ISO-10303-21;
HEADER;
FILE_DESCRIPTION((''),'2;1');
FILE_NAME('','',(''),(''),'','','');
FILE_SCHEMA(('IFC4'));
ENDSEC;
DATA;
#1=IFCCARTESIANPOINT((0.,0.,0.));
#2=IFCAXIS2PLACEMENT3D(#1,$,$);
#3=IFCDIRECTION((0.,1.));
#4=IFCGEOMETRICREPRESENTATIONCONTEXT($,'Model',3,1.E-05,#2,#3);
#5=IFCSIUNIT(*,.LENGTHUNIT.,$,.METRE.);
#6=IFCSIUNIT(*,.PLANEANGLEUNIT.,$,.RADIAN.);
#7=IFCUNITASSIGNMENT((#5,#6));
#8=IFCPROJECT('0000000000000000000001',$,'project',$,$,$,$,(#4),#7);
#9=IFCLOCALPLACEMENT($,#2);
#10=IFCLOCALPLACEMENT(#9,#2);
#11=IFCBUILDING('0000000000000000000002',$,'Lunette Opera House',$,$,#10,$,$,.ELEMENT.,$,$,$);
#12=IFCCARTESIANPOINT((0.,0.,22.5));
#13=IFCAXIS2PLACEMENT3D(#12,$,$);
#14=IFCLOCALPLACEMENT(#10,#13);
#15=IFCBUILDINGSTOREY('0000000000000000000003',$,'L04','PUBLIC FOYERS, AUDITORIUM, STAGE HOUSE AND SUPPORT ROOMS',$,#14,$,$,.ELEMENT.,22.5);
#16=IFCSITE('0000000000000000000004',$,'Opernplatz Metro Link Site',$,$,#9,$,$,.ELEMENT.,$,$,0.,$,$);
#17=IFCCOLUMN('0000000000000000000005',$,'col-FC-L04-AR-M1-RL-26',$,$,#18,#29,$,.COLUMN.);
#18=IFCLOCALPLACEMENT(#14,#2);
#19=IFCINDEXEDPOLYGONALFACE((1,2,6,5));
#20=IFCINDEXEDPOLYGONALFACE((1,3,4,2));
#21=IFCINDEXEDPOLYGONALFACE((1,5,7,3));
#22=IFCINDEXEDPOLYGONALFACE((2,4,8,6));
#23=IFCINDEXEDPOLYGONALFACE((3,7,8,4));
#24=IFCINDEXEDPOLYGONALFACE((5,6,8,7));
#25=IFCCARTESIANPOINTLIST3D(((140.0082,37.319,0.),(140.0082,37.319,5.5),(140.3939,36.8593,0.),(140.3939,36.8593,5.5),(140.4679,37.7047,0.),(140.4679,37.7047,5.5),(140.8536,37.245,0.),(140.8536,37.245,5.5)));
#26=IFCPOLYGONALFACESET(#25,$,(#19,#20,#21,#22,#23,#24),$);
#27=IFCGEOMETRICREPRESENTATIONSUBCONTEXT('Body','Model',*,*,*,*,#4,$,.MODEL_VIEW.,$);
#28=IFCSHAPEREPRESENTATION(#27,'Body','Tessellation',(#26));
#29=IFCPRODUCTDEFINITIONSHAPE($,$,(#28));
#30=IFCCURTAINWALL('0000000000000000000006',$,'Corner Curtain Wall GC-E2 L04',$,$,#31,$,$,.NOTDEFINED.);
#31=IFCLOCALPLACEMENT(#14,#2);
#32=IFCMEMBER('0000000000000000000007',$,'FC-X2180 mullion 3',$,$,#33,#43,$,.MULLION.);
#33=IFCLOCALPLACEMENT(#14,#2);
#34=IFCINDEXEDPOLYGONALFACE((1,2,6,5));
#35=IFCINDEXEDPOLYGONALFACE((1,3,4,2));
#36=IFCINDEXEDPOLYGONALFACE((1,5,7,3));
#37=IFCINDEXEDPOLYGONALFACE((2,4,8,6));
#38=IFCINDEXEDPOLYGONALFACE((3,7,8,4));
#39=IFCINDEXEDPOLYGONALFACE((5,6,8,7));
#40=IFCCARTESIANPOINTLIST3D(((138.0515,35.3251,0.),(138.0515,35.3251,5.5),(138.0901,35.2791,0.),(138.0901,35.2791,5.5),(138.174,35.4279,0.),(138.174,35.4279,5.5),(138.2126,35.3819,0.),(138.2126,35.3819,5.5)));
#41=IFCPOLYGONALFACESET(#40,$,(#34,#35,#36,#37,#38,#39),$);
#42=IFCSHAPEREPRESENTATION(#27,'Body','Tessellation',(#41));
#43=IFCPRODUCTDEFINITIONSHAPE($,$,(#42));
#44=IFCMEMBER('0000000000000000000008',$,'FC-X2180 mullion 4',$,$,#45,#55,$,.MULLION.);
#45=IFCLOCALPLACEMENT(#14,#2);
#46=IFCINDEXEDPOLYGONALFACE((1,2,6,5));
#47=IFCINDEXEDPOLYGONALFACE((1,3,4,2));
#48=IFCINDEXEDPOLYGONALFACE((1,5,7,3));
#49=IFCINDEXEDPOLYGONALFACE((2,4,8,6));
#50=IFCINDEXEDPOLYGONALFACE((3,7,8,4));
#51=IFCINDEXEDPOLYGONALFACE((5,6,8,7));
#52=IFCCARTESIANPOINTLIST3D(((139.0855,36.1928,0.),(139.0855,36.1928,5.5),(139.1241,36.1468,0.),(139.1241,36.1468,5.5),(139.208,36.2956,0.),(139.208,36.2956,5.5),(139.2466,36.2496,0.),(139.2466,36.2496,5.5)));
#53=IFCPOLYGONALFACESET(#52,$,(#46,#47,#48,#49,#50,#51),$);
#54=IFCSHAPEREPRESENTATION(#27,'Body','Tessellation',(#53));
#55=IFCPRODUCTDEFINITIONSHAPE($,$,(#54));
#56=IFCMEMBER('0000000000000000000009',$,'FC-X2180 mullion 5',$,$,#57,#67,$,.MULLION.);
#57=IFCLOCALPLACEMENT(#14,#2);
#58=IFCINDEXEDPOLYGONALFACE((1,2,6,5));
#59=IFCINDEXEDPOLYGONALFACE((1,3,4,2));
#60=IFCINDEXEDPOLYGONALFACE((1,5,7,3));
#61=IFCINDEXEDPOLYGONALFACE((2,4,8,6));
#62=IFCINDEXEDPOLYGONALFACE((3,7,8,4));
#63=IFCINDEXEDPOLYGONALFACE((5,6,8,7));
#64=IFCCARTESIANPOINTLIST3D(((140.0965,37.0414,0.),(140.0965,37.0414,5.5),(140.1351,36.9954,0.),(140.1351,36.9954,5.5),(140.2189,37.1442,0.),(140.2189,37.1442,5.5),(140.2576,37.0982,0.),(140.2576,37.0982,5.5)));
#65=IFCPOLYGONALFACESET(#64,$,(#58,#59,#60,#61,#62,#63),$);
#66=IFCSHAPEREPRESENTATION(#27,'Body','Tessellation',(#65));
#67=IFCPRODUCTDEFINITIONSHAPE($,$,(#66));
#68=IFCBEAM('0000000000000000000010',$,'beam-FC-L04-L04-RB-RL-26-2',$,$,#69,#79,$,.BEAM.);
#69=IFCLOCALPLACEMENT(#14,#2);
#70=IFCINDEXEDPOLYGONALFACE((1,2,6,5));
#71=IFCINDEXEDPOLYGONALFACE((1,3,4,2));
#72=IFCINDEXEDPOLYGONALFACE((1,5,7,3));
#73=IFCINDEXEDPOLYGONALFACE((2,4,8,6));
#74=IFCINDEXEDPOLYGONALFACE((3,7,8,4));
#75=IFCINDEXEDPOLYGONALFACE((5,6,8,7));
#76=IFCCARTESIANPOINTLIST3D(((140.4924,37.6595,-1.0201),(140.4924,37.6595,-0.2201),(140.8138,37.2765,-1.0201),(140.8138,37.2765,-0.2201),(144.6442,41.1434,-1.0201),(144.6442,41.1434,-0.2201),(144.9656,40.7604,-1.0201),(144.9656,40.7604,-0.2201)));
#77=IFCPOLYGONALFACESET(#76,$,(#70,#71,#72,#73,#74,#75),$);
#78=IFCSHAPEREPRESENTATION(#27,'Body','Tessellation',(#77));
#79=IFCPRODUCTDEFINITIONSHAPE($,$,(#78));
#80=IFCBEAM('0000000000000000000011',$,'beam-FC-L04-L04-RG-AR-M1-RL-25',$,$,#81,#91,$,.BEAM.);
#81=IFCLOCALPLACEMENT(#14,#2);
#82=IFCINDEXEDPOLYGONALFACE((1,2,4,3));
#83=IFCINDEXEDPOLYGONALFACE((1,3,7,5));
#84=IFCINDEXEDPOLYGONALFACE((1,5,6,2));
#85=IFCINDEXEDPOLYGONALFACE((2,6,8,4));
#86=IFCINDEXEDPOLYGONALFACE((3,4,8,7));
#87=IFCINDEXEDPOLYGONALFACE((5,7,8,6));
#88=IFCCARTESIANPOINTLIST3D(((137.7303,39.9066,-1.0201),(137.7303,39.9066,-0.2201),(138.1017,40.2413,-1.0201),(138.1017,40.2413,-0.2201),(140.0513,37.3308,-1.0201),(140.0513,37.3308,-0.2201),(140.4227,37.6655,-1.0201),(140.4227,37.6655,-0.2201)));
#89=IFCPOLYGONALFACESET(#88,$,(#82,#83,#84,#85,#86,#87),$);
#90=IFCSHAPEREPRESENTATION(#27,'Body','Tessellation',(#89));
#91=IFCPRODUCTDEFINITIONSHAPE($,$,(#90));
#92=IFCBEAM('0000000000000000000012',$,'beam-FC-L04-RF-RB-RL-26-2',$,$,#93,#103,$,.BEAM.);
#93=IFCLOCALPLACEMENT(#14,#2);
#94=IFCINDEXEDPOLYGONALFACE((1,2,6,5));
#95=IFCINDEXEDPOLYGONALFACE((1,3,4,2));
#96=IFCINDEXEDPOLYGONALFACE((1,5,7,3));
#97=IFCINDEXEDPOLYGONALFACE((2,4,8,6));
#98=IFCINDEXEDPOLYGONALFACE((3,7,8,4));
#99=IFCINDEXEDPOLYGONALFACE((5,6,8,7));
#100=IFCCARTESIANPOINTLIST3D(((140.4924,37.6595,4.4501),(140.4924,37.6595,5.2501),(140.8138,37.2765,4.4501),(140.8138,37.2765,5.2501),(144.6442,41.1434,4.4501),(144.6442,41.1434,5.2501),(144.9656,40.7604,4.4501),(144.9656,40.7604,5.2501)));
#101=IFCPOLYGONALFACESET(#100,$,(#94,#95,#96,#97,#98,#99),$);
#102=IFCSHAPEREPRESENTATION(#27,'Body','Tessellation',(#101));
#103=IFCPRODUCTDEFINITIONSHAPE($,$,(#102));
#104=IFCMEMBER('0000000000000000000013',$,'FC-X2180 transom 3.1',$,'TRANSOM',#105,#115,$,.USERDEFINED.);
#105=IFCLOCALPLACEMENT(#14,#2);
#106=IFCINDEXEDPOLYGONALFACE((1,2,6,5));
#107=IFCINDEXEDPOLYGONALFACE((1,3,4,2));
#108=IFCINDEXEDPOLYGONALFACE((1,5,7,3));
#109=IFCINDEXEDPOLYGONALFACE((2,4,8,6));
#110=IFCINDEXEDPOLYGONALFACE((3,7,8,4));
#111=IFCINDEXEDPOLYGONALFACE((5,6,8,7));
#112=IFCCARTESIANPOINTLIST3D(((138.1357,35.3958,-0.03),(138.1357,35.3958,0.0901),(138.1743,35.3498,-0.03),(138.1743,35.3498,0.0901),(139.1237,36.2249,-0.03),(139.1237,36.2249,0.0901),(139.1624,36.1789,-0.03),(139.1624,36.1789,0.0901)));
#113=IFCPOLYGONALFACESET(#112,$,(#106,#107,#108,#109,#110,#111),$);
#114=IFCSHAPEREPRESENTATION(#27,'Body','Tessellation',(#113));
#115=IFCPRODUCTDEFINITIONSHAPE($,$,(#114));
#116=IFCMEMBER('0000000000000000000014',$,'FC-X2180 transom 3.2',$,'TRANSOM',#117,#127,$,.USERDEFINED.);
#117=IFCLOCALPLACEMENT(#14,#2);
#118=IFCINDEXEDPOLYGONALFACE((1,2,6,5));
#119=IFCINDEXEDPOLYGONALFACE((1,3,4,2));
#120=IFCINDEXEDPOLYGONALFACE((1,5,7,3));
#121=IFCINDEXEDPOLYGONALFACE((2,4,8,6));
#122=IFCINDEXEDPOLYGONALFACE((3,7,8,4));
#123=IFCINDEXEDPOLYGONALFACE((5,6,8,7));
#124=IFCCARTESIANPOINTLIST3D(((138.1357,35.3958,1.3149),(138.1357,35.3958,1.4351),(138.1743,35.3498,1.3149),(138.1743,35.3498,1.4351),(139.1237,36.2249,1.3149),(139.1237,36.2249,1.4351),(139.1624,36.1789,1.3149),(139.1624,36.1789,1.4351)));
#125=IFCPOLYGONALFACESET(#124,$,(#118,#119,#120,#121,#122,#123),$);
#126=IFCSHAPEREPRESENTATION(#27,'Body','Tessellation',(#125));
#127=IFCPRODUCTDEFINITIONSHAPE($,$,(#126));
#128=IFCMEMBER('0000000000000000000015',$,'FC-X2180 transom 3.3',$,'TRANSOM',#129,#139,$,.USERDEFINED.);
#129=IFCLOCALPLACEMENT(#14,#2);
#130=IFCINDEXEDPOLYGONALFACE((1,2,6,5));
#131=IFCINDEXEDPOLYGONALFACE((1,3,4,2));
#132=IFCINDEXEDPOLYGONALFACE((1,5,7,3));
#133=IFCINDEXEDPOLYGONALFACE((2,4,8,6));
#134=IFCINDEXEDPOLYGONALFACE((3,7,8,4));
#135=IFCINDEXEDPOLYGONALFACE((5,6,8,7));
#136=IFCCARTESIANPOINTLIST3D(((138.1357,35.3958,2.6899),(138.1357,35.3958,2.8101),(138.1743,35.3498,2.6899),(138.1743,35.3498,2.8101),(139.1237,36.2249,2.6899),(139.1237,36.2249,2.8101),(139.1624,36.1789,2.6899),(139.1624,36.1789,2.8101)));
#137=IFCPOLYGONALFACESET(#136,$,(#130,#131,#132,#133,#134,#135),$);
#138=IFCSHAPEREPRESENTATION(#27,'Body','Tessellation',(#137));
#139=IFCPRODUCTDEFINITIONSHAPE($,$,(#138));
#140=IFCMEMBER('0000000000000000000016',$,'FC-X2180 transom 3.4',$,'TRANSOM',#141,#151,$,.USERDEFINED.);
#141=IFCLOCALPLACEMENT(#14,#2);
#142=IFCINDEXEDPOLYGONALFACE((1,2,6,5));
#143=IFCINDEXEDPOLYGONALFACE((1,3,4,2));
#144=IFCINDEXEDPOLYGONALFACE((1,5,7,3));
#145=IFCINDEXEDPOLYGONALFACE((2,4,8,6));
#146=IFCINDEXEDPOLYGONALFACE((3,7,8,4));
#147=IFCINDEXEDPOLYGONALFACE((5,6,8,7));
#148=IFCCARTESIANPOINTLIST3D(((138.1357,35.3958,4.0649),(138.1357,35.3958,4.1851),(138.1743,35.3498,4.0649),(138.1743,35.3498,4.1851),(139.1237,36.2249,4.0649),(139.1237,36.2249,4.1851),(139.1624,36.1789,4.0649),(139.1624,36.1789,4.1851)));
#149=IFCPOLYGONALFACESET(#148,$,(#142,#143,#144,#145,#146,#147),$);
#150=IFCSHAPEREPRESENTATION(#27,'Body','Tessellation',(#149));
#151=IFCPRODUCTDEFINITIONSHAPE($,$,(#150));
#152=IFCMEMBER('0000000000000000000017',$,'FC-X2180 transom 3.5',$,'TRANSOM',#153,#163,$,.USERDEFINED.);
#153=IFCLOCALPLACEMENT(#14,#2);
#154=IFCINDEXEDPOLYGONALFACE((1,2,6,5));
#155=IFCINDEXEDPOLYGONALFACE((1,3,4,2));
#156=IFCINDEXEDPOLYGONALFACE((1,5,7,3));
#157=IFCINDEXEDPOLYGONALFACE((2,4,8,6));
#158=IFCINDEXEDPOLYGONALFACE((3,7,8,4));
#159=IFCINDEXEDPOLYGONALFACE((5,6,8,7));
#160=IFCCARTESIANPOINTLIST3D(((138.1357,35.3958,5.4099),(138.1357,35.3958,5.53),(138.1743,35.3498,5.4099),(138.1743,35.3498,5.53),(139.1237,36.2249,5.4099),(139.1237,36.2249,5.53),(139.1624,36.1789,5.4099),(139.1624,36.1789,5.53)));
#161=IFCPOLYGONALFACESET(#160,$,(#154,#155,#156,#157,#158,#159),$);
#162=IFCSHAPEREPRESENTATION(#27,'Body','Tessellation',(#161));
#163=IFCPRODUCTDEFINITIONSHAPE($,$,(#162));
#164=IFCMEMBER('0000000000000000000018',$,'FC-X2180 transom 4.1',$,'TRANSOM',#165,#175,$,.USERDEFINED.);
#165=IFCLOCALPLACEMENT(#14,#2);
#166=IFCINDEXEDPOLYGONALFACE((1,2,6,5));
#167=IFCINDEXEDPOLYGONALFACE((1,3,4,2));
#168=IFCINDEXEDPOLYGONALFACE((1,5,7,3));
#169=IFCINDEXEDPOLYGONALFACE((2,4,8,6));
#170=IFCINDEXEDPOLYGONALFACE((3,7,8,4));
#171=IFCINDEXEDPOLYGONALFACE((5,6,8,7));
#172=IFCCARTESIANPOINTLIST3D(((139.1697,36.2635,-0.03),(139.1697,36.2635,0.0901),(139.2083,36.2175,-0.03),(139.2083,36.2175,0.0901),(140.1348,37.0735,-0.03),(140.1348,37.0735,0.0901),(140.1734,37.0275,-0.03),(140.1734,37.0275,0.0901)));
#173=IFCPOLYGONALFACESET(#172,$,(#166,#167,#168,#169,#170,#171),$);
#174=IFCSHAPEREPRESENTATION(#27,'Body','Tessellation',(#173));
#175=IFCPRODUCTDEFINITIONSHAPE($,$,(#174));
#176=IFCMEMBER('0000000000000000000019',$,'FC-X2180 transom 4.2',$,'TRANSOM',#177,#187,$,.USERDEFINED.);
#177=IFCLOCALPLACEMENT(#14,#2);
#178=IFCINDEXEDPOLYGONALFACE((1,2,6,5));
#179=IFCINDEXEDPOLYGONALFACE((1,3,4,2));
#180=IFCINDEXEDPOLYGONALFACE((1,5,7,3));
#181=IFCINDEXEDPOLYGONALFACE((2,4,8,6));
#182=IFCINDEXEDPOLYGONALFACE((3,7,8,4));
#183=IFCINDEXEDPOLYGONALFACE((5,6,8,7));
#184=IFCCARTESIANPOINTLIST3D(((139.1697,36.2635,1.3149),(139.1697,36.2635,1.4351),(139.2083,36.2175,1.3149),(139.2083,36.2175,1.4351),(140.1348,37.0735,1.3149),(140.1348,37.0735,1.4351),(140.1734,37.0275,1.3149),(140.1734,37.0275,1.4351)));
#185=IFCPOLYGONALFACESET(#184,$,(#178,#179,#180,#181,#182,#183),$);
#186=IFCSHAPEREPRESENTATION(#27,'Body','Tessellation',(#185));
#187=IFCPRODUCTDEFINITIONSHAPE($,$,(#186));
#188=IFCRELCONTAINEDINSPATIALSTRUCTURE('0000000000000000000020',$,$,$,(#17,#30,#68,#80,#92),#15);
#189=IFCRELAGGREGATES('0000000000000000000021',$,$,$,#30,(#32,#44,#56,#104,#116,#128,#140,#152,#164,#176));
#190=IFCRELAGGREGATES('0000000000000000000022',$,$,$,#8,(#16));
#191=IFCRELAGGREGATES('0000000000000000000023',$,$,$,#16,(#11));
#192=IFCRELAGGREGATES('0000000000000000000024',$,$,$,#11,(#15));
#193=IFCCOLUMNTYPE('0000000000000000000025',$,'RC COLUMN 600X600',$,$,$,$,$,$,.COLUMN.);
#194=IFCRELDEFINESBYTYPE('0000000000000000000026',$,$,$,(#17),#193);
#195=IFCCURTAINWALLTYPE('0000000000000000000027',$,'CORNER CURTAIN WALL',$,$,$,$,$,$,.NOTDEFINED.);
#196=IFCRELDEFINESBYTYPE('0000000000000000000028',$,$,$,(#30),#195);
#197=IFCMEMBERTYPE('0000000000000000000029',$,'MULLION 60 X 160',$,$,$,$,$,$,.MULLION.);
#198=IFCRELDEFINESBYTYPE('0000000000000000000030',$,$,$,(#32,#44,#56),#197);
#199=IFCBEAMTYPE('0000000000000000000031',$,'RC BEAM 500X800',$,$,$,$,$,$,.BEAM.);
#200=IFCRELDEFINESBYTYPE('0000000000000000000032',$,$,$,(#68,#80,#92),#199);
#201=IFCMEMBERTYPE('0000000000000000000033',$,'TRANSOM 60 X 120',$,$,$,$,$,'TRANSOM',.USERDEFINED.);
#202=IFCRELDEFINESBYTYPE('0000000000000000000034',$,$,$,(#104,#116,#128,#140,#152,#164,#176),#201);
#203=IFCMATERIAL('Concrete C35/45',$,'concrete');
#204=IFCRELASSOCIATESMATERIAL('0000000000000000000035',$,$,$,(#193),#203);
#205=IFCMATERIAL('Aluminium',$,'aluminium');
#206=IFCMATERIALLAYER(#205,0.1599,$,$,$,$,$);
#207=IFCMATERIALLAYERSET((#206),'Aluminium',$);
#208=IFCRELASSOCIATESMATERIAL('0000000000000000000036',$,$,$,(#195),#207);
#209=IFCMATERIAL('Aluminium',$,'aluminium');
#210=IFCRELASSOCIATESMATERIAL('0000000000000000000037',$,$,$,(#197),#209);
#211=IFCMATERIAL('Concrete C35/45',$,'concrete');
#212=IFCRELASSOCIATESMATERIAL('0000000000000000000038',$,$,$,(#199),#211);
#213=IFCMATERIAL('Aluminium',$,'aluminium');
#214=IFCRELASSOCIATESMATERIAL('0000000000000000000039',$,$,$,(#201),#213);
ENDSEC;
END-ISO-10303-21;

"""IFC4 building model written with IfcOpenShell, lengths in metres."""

from ifc_helpers import new_model, si_unit, direction, frame, origin, origin_2d, place, context, subcontext, project, spatial, rectangle, extrude, material, layer, layer_set, material_profile, profile_set, type_object, element, aggregate, save


model = new_model("IFC4")

# Units and contexts
model_context = context("Model", 3, precision=1e-05, world=origin(), true_north=direction((0.0, 1.0)))
body_context = subcontext(model_context, "Body", "Model", "MODEL_VIEW")
ifc_project = project(units=[si_unit("LENGTHUNIT", "METRE"), si_unit("PLANEANGLEUNIT", "RADIAN")], contexts=[model_context])

# Site, building, storey
site_placement = place(None, origin())
site = spatial("IfcSite", under=ifc_project, at=site_placement, Name="Opernplatz Metro Link Site", CompositionType="ELEMENT", RefElevation=0.0)
building_placement = place(site_placement, origin())
building = spatial("IfcBuilding", under=site, at=building_placement, Name="Lunette Opera House", CompositionType="ELEMENT")
storey_placement = place(building_placement, frame((0.0, 0.0, 22.5)))
storey = spatial("IfcBuildingStorey", under=building, at=storey_placement, Name="L04", Description="PUBLIC FOYERS, AUDITORIUM, STAGE HOUSE AND SUPPORT ROOMS", CompositionType="ELEMENT", Elevation=22.5)

# Column
ifc_material_1 = material(Name="Concrete C35/45", Category="concrete")
ifc_material_profile_1 = material_profile(ifc_material_1, rectangle(XDim=0.6001, YDim=0.6001, at=origin_2d()), Name="RC COLUMN 600X600")
ifc_profile_set_1 = profile_set([ifc_material_profile_1], Name="Concrete C35/45")
column_type = type_object("IfcColumnType", Name="RC COLUMN 600X600", PredefinedType="COLUMN", material=ifc_profile_set_1)
column_placement = place(storey_placement, frame((140.4309, 37.282, 0.0), z_axis=(0.0, 0.0, 1.0), x_axis=(0.642788, -0.766044, 0.0)))
element("IfcColumn", 1, at=column_placement, inside=storey, type_object=column_type, Name="col-FC-L04-AR-M1-RL-26", PredefinedType="COLUMN", context=body_context, shape_type="SweptSolid", body=[
    extrude(rectangle(XDim=0.6001, YDim=0.6001, at=origin_2d()), origin(), (0.0, 0.0, 1.0), 5.5),
])

# Curtain wall, members
ifc_material_2 = material(Name="Aluminium", Category="aluminium")
ifc_layer_1 = layer(ifc_material_2, 0.1599)
ifc_layer_set_1 = layer_set([ifc_layer_1], Name="Aluminium")
curtain_wall_type = type_object("IfcCurtainWallType", Name="CORNER CURTAIN WALL", PredefinedType="NOTDEFINED", material=ifc_layer_set_1)
curtain_wall_placement = place(storey_placement, origin())
curtain_wall = element("IfcCurtainWall", 2, at=curtain_wall_placement, inside=storey, type_object=curtain_wall_type, Name="Corner Curtain Wall GC-E2 L04", PredefinedType="NOTDEFINED")
ifc_material_3 = material(Name="Aluminium", Category="aluminium")
ifc_material_profile_2 = material_profile(ifc_material_3, rectangle(XDim=0.0601, YDim=0.1599, at=origin_2d()), Name="MULLION 60 X 160")
ifc_profile_set_2 = profile_set([ifc_material_profile_2], Name="Aluminium")
member_type_1 = type_object("IfcMemberType", Name="MULLION 60 X 160", PredefinedType="MULLION", material=ifc_profile_set_2)
member_1_placement = place(storey_placement, frame((138.1321, 35.3535, 0.0), z_axis=(0.0, 0.0, 1.0), x_axis=(-0.64284, 0.766, 0.0)))
member_1 = element("IfcMember", 3, at=member_1_placement, type_object=member_type_1, Name="FC-X2180 mullion 3", PredefinedType="MULLION", context=body_context, shape_type="SweptSolid", body=[
    extrude(rectangle(XDim=0.0601, YDim=0.1599, at=origin_2d()), origin(), (0.0, 0.0, 1.0), 5.5),
])
member_2_placement = place(storey_placement, frame((139.166, 36.2212, 0.0), z_axis=(0.0, 0.0, 1.0), x_axis=(-0.64284, 0.766, 0.0)))
member_2 = element("IfcMember", 4, at=member_2_placement, type_object=member_type_1, Name="FC-X2180 mullion 4", PredefinedType="MULLION", context=body_context, shape_type="SweptSolid", body=[
    extrude(rectangle(XDim=0.0601, YDim=0.1599, at=origin_2d()), origin(), (0.0, 0.0, 1.0), 5.5),
])
member_3_placement = place(storey_placement, frame((140.177, 37.0698, 0.0), z_axis=(0.0, 0.0, 1.0), x_axis=(-0.64284, 0.766, 0.0)))
member_3 = element("IfcMember", 5, at=member_3_placement, type_object=member_type_1, Name="FC-X2180 mullion 5", PredefinedType="MULLION", context=body_context, shape_type="SweptSolid", body=[
    extrude(rectangle(XDim=0.0601, YDim=0.1599, at=origin_2d()), origin(), (0.0, 0.0, 1.0), 5.5),
])

# Beams
ifc_material_4 = material(Name="Concrete C35/45", Category="concrete")
ifc_material_profile_3 = material_profile(ifc_material_4, rectangle(XDim=0.5, YDim=0.8, at=origin_2d()), Name="RC BEAM 500X800")
ifc_profile_set_3 = profile_set([ifc_material_profile_3], Name="Concrete C35/45")
beam_type = type_object("IfcBeamType", Name="RC BEAM 500X800", PredefinedType="BEAM", material=ifc_profile_set_3)
beam_1_placement = place(storey_placement, frame((140.6531, 37.468, -0.6201), z_axis=(0.766038, 0.642795, 0.0), x_axis=(-0.642795, 0.766038, 0.0)))
element("IfcBeam", 6, at=beam_1_placement, inside=storey, type_object=beam_type, Name="beam-FC-L04-L04-RB-RL-26-2", PredefinedType="BEAM", context=body_context, shape_type="SweptSolid", body=[
    extrude(rectangle(XDim=0.5, YDim=0.8, at=origin_2d()), origin(), (0.0, 0.0, 1.0), 5.4199),
])
beam_2_placement = place(storey_placement, frame((137.916, 40.074, -0.6201), z_axis=(0.669396, -0.742905, 0.0), x_axis=(0.742905, 0.669396, 0.0)))
element("IfcBeam", 7, at=beam_2_placement, inside=storey, type_object=beam_type, Name="beam-FC-L04-L04-RG-AR-M1-RL-25", PredefinedType="BEAM", context=body_context, shape_type="SweptSolid", body=[
    extrude(rectangle(XDim=0.5, YDim=0.8, at=origin_2d()), origin(), (0.0, 0.0, 1.0), 3.4673),
])
beam_3_placement = place(storey_placement, frame((140.6531, 37.468, 4.8501), z_axis=(0.766038, 0.642795, 0.0), x_axis=(-0.642795, 0.766038, 0.0)))
element("IfcBeam", 8, at=beam_3_placement, inside=storey, type_object=beam_type, Name="beam-FC-L04-RF-RB-RL-26-2", PredefinedType="BEAM", context=body_context, shape_type="SweptSolid", body=[
    extrude(rectangle(XDim=0.5, YDim=0.8, at=origin_2d()), origin(), (0.0, 0.0, 1.0), 5.4199),
])

# Members
ifc_material_5 = material(Name="Aluminium", Category="aluminium")
ifc_material_profile_4 = material_profile(ifc_material_5, rectangle(XDim=0.0601, YDim=0.1201, at=origin_2d()), Name="TRANSOM 60 X 120")
ifc_profile_set_4 = profile_set([ifc_material_profile_4], Name="Aluminium")
member_type_2 = type_object("IfcMemberType", Name="TRANSOM 60 X 120", ElementType="TRANSOM", PredefinedType="USERDEFINED", material=ifc_profile_set_4)
member_4_placement = place(storey_placement, frame((138.155, 35.3728, 0.03), z_axis=(0.766029, 0.642806, 0.0), x_axis=(-0.642806, 0.766029, 0.0)))
member_4 = element("IfcMember", 9, at=member_4_placement, type_object=member_type_2, Name="FC-X2180 transom 3.1", ObjectType="TRANSOM", PredefinedType="USERDEFINED", context=body_context, shape_type="SweptSolid", body=[
    extrude(rectangle(XDim=0.0601, YDim=0.1201, at=origin_2d()), origin(), (0.0, 0.0, 1.0), 1.2898),
])
member_5_placement = place(storey_placement, frame((138.155, 35.3728, 1.375), z_axis=(0.766029, 0.642806, 0.0), x_axis=(-0.642806, 0.766029, 0.0)))
member_5 = element("IfcMember", 10, at=member_5_placement, type_object=member_type_2, Name="FC-X2180 transom 3.2", ObjectType="TRANSOM", PredefinedType="USERDEFINED", context=body_context, shape_type="SweptSolid", body=[
    extrude(rectangle(XDim=0.0601, YDim=0.1201, at=origin_2d()), origin(), (0.0, 0.0, 1.0), 1.2898),
])
member_6_placement = place(storey_placement, frame((138.155, 35.3728, 2.75), z_axis=(0.766029, 0.642806, 0.0), x_axis=(-0.642806, 0.766029, 0.0)))
member_6 = element("IfcMember", 11, at=member_6_placement, type_object=member_type_2, Name="FC-X2180 transom 3.3", ObjectType="TRANSOM", PredefinedType="USERDEFINED", context=body_context, shape_type="SweptSolid", body=[
    extrude(rectangle(XDim=0.0601, YDim=0.1201, at=origin_2d()), origin(), (0.0, 0.0, 1.0), 1.2898),
])
member_7_placement = place(storey_placement, frame((138.155, 35.3728, 4.125), z_axis=(0.766029, 0.642806, 0.0), x_axis=(-0.642806, 0.766029, 0.0)))
member_7 = element("IfcMember", 12, at=member_7_placement, type_object=member_type_2, Name="FC-X2180 transom 3.4", ObjectType="TRANSOM", PredefinedType="USERDEFINED", context=body_context, shape_type="SweptSolid", body=[
    extrude(rectangle(XDim=0.0601, YDim=0.1201, at=origin_2d()), origin(), (0.0, 0.0, 1.0), 1.2898),
])
member_8_placement = place(storey_placement, frame((138.155, 35.3728, 5.47), z_axis=(0.766029, 0.642806, 0.0), x_axis=(-0.642806, 0.766029, 0.0)))
member_8 = element("IfcMember", 13, at=member_8_placement, type_object=member_type_2, Name="FC-X2180 transom 3.5", ObjectType="TRANSOM", PredefinedType="USERDEFINED", context=body_context, shape_type="SweptSolid", body=[
    extrude(rectangle(XDim=0.0601, YDim=0.1201, at=origin_2d()), origin(), (0.0, 0.0, 1.0), 1.2898),
])
member_9_placement = place(storey_placement, frame((139.189, 36.2405, 0.03), z_axis=(0.765945, 0.642906, 0.0), x_axis=(-0.642906, 0.765945, 0.0)))
member_9 = element("IfcMember", 14, at=member_9_placement, type_object=member_type_2, Name="FC-X2180 transom 4.1", ObjectType="TRANSOM", PredefinedType="USERDEFINED", context=body_context, shape_type="SweptSolid", body=[
    extrude(rectangle(XDim=0.0601, YDim=0.1201, at=origin_2d()), origin(), (0.0, 0.0, 1.0), 1.26),
])
member_10_placement = place(storey_placement, frame((139.189, 36.2405, 1.375), z_axis=(0.765945, 0.642906, 0.0), x_axis=(-0.642906, 0.765945, 0.0)))
member_10 = element("IfcMember", 15, at=member_10_placement, type_object=member_type_2, Name="FC-X2180 transom 4.2", ObjectType="TRANSOM", PredefinedType="USERDEFINED", context=body_context, shape_type="SweptSolid", body=[
    extrude(rectangle(XDim=0.0601, YDim=0.1201, at=origin_2d()), origin(), (0.0, 0.0, 1.0), 1.26),
])

aggregate(curtain_wall, [member_1, member_2, member_3, member_4, member_5, member_6, member_7, member_8, member_9, member_10])

save(model, "model.ifc")
